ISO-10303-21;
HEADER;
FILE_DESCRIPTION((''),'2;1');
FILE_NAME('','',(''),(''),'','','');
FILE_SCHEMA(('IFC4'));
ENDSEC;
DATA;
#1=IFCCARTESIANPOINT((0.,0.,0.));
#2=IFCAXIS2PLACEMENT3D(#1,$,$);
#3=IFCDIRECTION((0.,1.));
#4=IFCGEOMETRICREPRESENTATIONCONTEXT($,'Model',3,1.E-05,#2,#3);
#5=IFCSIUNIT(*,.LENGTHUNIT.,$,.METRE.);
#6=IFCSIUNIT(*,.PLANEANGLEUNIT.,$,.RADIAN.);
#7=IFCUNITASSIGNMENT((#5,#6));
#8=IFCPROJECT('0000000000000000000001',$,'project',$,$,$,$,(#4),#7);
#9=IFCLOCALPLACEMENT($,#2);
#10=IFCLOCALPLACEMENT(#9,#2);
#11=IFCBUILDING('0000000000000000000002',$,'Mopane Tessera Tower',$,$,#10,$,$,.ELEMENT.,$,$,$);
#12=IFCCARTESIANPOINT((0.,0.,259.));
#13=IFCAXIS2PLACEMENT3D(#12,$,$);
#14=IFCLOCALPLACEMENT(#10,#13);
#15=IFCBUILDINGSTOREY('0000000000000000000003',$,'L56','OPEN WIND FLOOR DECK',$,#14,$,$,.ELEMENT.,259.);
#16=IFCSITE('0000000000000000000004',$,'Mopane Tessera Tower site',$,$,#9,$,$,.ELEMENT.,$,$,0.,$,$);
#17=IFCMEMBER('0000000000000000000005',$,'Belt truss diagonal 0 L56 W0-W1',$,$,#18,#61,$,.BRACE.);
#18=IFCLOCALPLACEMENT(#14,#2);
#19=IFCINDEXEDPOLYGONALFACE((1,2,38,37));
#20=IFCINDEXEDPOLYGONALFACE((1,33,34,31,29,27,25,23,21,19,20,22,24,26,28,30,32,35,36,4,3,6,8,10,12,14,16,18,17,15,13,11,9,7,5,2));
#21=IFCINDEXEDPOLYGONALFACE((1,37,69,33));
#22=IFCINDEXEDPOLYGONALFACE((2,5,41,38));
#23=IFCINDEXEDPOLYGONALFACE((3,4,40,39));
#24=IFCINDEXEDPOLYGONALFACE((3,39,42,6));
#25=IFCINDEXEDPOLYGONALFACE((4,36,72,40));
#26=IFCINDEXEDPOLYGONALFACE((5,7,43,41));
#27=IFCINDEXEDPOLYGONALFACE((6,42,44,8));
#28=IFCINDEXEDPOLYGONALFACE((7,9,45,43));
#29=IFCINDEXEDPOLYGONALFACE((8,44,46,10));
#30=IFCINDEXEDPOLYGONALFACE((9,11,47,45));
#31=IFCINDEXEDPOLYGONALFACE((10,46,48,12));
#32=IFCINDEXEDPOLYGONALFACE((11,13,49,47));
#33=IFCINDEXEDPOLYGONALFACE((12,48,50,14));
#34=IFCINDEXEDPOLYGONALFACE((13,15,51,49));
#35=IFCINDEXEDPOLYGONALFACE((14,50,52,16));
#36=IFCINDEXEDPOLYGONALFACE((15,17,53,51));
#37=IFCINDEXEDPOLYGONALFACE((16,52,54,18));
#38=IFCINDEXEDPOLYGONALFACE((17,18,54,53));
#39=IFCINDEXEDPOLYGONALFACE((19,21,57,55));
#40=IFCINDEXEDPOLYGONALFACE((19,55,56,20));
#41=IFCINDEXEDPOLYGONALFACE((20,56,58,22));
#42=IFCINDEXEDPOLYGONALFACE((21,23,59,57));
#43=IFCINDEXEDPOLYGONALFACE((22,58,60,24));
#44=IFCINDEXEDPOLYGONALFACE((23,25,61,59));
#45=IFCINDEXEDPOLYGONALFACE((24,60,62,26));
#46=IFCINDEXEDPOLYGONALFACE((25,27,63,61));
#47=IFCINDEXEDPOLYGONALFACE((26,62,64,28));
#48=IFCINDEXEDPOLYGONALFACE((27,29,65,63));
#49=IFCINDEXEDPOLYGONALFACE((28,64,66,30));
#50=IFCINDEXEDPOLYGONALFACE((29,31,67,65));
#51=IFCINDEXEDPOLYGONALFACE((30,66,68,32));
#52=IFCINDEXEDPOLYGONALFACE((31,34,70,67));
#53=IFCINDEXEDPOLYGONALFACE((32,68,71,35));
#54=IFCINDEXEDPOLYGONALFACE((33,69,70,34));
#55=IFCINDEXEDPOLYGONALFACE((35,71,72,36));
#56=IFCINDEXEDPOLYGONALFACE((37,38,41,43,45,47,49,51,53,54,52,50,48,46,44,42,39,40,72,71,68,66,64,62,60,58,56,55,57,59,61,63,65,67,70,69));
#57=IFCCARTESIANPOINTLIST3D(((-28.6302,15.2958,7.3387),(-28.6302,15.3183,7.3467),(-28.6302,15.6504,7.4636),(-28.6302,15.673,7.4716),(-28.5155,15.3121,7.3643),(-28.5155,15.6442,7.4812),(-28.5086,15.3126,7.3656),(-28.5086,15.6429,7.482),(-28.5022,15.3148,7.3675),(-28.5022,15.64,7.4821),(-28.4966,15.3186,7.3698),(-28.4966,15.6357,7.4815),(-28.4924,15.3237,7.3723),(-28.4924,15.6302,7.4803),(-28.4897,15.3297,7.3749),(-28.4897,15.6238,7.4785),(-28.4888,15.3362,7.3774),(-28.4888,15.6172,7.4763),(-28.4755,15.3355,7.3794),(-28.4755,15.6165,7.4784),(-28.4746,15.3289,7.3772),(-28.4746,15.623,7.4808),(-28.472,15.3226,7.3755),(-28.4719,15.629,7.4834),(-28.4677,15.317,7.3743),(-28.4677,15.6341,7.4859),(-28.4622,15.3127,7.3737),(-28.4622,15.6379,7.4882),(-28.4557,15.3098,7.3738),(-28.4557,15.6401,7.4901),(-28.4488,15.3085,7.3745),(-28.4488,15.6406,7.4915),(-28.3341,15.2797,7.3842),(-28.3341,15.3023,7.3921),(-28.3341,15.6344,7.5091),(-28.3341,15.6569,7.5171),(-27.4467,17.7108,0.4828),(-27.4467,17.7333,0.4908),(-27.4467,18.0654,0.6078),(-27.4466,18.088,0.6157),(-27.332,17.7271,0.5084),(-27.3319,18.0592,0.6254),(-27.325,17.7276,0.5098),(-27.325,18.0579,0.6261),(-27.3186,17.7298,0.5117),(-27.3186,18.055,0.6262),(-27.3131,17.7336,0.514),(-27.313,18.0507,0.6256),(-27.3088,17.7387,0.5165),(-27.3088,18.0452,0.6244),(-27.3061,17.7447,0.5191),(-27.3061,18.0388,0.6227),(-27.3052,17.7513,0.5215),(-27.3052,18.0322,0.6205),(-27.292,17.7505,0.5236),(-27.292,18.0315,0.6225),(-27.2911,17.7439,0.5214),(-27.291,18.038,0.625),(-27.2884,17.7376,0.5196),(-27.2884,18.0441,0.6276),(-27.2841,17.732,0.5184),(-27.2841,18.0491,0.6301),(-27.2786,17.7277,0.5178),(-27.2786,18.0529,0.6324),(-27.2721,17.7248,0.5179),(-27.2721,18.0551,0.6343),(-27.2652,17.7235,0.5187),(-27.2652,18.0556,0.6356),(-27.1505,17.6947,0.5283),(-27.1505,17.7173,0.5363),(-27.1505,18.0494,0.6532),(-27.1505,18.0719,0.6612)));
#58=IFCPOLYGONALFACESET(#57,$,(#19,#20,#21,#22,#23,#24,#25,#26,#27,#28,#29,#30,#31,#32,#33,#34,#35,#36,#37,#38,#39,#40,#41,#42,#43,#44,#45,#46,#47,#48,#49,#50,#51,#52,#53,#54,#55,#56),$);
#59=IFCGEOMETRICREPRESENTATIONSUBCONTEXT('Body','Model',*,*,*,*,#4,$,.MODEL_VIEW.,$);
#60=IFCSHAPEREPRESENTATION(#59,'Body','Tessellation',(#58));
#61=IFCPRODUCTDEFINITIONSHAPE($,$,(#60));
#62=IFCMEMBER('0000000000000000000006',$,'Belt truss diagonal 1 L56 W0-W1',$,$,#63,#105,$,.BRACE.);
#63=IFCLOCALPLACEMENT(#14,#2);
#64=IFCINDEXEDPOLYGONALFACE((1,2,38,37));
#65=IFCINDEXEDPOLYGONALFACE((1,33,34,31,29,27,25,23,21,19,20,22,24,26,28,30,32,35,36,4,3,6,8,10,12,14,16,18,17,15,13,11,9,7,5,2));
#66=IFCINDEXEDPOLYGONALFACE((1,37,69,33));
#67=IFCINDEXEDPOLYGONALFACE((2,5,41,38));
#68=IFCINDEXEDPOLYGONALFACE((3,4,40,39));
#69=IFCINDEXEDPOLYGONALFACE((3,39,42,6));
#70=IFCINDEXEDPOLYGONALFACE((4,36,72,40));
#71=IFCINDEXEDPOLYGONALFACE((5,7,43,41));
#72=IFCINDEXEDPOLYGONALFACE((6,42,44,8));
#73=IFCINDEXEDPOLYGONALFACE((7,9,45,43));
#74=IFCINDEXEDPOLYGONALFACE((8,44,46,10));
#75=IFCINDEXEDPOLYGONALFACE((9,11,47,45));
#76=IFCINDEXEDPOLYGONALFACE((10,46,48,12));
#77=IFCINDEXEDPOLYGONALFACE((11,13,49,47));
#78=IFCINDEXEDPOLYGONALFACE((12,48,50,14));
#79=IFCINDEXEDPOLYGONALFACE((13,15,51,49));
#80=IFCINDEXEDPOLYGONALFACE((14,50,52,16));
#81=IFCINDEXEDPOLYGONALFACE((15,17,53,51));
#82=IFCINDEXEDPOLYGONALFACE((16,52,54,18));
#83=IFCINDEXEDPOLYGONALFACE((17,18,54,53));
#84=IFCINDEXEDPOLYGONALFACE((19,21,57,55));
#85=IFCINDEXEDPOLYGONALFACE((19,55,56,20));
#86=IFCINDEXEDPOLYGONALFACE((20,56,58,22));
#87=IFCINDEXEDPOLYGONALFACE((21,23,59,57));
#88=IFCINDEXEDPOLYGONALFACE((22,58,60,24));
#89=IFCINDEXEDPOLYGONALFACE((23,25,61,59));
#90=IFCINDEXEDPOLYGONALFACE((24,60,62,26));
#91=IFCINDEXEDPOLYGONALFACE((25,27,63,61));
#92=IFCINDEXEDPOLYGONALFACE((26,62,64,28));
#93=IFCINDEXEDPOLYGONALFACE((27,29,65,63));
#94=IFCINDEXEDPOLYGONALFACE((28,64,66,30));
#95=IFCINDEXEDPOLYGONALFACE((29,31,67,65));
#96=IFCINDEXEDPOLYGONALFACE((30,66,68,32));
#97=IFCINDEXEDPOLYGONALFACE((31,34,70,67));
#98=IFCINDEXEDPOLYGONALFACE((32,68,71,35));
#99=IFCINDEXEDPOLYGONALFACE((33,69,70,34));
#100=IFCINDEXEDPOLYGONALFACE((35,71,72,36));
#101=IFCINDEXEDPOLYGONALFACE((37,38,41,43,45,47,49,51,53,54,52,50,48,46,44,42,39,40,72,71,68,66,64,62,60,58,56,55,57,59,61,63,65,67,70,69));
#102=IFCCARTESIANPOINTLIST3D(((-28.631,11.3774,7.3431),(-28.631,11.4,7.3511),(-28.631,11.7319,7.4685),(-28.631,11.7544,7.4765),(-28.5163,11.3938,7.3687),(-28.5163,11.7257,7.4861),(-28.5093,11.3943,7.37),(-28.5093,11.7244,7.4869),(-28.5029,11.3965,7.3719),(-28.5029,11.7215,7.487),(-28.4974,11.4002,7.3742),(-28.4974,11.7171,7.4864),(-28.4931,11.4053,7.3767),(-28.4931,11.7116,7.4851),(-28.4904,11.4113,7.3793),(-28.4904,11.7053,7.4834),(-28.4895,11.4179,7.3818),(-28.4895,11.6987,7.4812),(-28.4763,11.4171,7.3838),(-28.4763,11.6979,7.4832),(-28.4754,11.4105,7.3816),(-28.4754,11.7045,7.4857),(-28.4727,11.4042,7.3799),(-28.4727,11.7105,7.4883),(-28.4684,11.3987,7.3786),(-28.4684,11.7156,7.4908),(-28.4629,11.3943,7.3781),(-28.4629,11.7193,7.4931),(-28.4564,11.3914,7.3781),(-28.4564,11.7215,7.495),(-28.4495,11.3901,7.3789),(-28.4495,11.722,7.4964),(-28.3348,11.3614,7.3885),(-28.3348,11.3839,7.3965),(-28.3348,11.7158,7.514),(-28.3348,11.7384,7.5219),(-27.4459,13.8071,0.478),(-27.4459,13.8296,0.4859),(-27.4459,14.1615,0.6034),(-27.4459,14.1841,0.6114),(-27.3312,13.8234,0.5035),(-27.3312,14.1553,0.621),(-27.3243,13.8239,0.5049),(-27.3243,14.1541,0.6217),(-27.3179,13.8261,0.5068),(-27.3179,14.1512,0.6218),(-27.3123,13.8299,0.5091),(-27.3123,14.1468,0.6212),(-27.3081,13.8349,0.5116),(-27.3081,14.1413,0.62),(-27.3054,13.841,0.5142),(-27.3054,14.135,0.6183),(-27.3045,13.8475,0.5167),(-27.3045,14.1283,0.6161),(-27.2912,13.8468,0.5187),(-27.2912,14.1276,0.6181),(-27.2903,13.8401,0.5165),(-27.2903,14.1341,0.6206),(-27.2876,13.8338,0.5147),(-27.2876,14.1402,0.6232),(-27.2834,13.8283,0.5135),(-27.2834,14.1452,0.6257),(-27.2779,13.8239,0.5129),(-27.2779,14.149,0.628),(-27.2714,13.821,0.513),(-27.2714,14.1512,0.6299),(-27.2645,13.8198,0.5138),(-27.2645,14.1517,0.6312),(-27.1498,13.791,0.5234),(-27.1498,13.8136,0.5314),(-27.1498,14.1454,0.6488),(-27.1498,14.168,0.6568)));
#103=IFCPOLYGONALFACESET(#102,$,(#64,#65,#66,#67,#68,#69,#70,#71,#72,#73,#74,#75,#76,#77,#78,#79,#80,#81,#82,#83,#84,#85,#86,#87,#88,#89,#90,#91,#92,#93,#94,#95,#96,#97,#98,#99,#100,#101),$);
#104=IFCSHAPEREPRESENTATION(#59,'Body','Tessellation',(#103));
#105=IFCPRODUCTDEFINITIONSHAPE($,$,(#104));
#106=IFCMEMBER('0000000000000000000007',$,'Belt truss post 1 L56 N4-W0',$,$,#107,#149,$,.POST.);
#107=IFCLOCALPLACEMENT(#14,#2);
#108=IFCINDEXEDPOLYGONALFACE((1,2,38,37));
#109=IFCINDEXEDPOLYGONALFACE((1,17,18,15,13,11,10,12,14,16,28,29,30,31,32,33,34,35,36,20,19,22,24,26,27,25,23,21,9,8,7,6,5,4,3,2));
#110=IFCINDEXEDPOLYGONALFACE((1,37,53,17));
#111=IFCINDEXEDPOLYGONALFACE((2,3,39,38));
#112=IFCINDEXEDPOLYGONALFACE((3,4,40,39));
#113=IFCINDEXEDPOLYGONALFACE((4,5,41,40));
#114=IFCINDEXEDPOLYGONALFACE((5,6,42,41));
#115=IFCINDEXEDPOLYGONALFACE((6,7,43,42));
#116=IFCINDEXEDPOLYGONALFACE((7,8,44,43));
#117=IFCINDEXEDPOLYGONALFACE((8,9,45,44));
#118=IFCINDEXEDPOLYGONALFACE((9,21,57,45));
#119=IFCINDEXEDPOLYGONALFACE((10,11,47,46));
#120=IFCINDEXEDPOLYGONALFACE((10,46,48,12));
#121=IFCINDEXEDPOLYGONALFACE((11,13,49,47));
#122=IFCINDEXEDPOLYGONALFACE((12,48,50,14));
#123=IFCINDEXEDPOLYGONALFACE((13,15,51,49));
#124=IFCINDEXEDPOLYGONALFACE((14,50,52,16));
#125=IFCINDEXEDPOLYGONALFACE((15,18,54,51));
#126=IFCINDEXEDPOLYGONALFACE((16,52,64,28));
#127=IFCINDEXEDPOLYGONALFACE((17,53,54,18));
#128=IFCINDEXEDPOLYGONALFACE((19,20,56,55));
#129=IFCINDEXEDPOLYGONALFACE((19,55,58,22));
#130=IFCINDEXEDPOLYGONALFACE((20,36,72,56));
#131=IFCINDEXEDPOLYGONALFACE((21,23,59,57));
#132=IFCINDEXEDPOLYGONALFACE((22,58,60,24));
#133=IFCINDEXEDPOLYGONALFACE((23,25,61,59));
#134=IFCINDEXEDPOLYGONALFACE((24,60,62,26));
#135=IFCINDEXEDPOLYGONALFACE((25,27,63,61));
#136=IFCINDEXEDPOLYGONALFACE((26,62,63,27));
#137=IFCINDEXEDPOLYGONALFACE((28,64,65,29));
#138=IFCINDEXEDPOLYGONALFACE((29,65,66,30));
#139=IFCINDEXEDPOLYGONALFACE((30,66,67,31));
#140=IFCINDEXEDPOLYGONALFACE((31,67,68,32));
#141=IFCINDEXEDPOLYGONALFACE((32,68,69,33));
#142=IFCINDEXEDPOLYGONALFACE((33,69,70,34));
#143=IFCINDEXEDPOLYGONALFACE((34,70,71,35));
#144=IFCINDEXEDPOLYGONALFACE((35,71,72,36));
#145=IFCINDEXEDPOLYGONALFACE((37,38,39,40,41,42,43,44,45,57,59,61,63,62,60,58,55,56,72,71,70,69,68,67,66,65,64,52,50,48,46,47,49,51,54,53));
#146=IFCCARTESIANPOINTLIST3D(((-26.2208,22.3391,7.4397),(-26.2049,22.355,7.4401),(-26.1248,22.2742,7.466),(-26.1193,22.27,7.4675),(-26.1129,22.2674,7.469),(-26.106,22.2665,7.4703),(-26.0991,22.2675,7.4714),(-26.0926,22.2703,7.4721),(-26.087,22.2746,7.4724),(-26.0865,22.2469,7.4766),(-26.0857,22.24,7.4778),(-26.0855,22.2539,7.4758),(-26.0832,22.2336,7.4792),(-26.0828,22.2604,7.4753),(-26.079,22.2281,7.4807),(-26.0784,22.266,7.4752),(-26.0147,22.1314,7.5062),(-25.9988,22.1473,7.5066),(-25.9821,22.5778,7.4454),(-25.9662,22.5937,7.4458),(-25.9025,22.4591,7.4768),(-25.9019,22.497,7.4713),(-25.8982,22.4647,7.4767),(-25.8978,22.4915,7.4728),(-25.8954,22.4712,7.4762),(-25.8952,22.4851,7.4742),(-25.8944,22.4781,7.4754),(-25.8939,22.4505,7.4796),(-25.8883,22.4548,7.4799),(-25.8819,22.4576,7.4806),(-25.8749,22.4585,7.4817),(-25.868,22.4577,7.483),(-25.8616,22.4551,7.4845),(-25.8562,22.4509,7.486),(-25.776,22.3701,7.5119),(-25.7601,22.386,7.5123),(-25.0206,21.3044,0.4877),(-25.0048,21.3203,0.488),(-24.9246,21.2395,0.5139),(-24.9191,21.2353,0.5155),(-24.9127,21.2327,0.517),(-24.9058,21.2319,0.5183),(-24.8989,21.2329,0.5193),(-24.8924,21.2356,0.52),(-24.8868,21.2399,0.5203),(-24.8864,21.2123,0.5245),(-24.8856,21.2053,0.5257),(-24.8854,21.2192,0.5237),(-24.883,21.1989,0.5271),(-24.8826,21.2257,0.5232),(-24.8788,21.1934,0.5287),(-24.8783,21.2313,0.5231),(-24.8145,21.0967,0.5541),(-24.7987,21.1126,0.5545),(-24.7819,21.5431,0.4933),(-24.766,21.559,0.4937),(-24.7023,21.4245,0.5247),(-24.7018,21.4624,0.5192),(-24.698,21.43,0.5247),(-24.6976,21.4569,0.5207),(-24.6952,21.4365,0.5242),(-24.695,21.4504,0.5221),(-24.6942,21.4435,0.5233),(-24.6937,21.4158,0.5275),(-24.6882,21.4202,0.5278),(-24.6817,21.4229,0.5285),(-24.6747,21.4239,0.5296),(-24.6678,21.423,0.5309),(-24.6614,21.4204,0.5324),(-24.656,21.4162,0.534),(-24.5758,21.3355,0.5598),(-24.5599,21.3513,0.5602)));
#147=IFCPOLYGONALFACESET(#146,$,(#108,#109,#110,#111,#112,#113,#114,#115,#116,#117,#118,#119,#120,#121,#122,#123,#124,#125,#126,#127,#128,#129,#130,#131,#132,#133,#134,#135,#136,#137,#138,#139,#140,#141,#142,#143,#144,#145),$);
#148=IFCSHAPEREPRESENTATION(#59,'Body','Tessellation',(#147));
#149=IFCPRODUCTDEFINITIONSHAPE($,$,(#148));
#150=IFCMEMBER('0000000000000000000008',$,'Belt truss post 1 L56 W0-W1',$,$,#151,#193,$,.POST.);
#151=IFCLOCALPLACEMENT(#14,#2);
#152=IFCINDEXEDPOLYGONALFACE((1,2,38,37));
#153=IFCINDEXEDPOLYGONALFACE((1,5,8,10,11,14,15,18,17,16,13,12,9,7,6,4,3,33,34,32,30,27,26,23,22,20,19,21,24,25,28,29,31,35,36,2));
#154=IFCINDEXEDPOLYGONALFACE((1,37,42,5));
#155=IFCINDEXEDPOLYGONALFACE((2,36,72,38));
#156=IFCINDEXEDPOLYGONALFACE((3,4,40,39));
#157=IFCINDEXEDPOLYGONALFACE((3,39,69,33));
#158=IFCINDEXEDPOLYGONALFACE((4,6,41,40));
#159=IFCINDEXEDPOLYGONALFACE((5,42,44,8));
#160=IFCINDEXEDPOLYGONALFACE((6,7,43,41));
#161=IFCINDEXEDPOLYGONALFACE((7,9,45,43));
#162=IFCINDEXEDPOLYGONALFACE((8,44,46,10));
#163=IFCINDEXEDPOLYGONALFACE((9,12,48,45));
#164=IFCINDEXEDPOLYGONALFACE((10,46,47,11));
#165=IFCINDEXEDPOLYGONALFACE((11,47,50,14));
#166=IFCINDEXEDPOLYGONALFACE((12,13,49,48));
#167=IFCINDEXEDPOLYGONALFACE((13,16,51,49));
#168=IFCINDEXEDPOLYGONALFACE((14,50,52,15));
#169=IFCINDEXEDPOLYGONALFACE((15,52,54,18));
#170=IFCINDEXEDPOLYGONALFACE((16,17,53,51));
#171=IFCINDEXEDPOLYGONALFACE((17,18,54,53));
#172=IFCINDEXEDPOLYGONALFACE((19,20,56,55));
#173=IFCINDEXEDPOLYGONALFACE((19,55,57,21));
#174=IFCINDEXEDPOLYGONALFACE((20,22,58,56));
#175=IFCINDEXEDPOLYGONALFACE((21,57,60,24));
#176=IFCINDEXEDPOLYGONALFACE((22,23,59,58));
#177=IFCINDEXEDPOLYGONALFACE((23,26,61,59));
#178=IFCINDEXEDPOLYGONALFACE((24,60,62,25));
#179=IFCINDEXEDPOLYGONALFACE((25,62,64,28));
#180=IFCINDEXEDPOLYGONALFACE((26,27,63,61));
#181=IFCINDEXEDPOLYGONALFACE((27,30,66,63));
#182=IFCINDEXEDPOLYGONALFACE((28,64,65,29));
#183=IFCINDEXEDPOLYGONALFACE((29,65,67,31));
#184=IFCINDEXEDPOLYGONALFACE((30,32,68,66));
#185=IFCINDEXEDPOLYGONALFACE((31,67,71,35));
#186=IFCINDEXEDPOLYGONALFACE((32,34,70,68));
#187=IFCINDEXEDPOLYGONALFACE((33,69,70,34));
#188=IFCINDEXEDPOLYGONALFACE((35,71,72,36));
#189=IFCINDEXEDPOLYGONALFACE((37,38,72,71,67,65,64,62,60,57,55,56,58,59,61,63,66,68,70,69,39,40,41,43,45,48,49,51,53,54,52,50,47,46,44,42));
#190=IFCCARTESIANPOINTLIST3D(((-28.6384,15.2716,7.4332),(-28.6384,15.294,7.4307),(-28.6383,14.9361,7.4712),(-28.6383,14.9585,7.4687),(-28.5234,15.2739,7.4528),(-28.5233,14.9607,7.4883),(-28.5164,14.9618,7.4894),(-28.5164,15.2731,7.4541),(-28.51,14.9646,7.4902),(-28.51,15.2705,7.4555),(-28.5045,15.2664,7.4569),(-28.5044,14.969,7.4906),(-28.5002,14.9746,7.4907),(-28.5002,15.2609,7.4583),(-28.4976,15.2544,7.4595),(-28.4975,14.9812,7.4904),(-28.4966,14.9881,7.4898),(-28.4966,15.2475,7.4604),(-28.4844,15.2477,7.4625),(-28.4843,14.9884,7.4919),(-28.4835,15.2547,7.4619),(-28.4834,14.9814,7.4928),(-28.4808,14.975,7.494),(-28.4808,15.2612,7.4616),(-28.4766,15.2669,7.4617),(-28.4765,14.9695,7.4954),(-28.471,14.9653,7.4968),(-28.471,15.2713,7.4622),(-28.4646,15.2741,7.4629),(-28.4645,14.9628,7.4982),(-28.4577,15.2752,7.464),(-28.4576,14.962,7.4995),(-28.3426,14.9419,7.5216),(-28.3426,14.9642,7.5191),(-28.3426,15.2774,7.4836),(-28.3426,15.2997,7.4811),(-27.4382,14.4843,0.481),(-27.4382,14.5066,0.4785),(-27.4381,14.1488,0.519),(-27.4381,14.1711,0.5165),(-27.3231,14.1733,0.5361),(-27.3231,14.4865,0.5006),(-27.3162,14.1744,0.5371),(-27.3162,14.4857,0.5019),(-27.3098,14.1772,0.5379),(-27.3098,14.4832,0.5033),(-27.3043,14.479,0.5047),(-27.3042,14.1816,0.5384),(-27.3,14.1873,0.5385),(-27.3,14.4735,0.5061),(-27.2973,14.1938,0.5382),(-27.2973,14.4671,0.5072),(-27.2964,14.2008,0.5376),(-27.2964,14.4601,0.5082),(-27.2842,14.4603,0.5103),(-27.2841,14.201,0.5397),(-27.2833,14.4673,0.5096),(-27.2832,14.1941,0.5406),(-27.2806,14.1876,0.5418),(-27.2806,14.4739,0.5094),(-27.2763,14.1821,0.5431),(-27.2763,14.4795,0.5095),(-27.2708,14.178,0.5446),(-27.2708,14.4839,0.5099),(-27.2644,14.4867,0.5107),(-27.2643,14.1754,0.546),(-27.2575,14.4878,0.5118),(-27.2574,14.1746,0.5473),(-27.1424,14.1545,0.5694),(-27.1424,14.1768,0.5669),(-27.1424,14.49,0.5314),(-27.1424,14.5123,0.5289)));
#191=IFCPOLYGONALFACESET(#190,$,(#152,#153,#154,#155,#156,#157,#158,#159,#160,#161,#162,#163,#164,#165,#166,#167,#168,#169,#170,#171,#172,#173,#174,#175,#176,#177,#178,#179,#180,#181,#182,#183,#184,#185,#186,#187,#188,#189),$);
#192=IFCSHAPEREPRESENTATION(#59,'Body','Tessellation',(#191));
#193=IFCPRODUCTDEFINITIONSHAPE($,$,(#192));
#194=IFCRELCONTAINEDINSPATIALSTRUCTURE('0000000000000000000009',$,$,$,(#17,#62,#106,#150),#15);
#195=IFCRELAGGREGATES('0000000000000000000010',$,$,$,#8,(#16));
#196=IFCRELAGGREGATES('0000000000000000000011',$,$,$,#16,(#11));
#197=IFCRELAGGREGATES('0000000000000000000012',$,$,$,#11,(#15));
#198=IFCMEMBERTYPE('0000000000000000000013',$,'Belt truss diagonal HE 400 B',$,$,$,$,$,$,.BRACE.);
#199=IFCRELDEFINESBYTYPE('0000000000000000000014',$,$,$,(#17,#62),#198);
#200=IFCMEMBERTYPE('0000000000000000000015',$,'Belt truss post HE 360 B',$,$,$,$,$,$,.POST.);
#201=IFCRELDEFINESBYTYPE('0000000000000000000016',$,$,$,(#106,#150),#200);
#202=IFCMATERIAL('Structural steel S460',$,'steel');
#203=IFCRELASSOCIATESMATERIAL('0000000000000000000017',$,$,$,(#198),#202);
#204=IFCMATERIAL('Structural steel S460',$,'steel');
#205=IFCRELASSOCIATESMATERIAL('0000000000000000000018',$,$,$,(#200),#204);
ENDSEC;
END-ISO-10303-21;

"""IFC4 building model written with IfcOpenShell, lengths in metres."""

from ifc_helpers import new_model, si_unit, direction, frame, origin, origin_2d, place, context, subcontext, project, spatial, i_section, extrude, material, material_profile, profile_set, type_object, element, save


model = new_model("IFC4")

# Units and contexts
model_context = context("Model", 3, precision=1e-05, world=origin(), true_north=direction((0.0, 1.0)))
body_context = subcontext(model_context, "Body", "Model", "MODEL_VIEW")
ifc_project = project(units=[si_unit("LENGTHUNIT", "METRE"), si_unit("PLANEANGLEUNIT", "RADIAN")], contexts=[model_context])

# Site, building, storey
site_placement = place(None, origin())
site = spatial("IfcSite", under=ifc_project, at=site_placement, Name="Mopane Tessera Tower site", CompositionType="ELEMENT", RefElevation=0.0)
building_placement = place(site_placement, origin())
building = spatial("IfcBuilding", under=site, at=building_placement, Name="Mopane Tessera Tower", CompositionType="ELEMENT")
storey_placement = place(building_placement, frame((0.0, 0.0, 259.0)))
storey = spatial("IfcBuildingStorey", under=building, at=storey_placement, Name="L56", Description="OPEN WIND FLOOR DECK", CompositionType="ELEMENT", Elevation=259.0)

# Members
ifc_material_1 = material(Name="Structural steel S460", Category="steel")
ifc_material_profile_1 = material_profile(ifc_material_1, i_section(OverallWidth=0.3, OverallDepth=0.3999, WebThickness=0.0134, FlangeThickness=0.0239, FilletRadius=0.0271, at=origin_2d()))
ifc_profile_set_1 = profile_set([ifc_material_profile_1], Name="Structural steel S460")
member_type_1 = type_object("IfcMemberType", Name="Belt truss diagonal HE 400 B", PredefinedType="BRACE", material=ifc_profile_set_1)
member_1_placement = place(storey_placement, frame((-27.2986, 17.8914, 0.572), z_axis=(-0.160714, -0.327925, 0.930933), x_axis=(0.987001, -0.053441, 0.151568)))
element("IfcMember", 1, at=member_1_placement, inside=storey, type_object=member_type_1, Name="Belt truss diagonal 0 L56 W0-W1", PredefinedType="BRACE", context=body_context, shape_type="SweptSolid", body=[
    extrude(i_section(OverallWidth=0.3, OverallDepth=0.3999, WebThickness=0.0134, FlangeThickness=0.0239, FilletRadius=0.0271, at=origin_2d()), origin(), (0.0, 0.0, 1.0), 7.3645),
])
member_2_placement = place(storey_placement, frame((-27.2979, 13.9875, 0.5674), z_axis=(-0.160614, -0.329302, 0.930464), x_axis=(0.987017, -0.053583, 0.151413)))
element("IfcMember", 2, at=member_2_placement, inside=storey, type_object=member_type_1, Name="Belt truss diagonal 1 L56 W0-W1", PredefinedType="BRACE", context=body_context, shape_type="SweptSolid", body=[
    extrude(i_section(OverallWidth=0.3, OverallDepth=0.3999, WebThickness=0.0134, FlangeThickness=0.0239, FilletRadius=0.0271, at=origin_2d()), origin(), (0.0, 0.0, 1.0), 7.3782),
])
ifc_material_2 = material(Name="Structural steel S460", Category="steel")
ifc_material_profile_2 = material_profile(ifc_material_2, i_section(OverallWidth=0.3, OverallDepth=0.3601, WebThickness=0.0125, FlangeThickness=0.0225, FilletRadius=0.0271, at=origin_2d()))
ifc_profile_set_2 = profile_set([ifc_material_profile_2], Name="Structural steel S460")
member_type_2 = type_object("IfcMemberType", Name="Belt truss post HE 360 B", PredefinedType="POST", material=ifc_profile_set_2)
member_3_placement = place(storey_placement, frame((-24.7903, 21.3279, 0.5239), z_axis=(-0.16832, 0.145105, 0.974994), x_axis=(0.686891, -0.692154, 0.221594)))
element("IfcMember", 3, at=member_3_placement, inside=storey, type_object=member_type_2, Name="Belt truss post 1 L56 N4-W0", PredefinedType="POST", context=body_context, shape_type="SweptSolid", body=[
    extrude(i_section(OverallWidth=0.3, OverallDepth=0.3601, WebThickness=0.0125, FlangeThickness=0.0225, FilletRadius=0.0271, at=origin_2d()), origin(), (0.0, 0.0, 1.0), 7.1304),
])
member_4_placement = place(storey_placement, frame((-27.2903, 14.3306, 0.5239), z_axis=(-0.169071, 0.110914, 0.979343), x_axis=(0.985604, 0.019141, 0.167984)))
element("IfcMember", 4, at=member_4_placement, inside=storey, type_object=member_type_2, Name="Belt truss post 1 L56 W0-W1", PredefinedType="POST", context=body_context, shape_type="SweptSolid", body=[
    extrude(i_section(OverallWidth=0.3, OverallDepth=0.3601, WebThickness=0.0125, FlangeThickness=0.0225, FilletRadius=0.0271, at=origin_2d()), origin(), (0.0, 0.0, 1.0), 7.0989),
])

save(model, "model.ifc")
